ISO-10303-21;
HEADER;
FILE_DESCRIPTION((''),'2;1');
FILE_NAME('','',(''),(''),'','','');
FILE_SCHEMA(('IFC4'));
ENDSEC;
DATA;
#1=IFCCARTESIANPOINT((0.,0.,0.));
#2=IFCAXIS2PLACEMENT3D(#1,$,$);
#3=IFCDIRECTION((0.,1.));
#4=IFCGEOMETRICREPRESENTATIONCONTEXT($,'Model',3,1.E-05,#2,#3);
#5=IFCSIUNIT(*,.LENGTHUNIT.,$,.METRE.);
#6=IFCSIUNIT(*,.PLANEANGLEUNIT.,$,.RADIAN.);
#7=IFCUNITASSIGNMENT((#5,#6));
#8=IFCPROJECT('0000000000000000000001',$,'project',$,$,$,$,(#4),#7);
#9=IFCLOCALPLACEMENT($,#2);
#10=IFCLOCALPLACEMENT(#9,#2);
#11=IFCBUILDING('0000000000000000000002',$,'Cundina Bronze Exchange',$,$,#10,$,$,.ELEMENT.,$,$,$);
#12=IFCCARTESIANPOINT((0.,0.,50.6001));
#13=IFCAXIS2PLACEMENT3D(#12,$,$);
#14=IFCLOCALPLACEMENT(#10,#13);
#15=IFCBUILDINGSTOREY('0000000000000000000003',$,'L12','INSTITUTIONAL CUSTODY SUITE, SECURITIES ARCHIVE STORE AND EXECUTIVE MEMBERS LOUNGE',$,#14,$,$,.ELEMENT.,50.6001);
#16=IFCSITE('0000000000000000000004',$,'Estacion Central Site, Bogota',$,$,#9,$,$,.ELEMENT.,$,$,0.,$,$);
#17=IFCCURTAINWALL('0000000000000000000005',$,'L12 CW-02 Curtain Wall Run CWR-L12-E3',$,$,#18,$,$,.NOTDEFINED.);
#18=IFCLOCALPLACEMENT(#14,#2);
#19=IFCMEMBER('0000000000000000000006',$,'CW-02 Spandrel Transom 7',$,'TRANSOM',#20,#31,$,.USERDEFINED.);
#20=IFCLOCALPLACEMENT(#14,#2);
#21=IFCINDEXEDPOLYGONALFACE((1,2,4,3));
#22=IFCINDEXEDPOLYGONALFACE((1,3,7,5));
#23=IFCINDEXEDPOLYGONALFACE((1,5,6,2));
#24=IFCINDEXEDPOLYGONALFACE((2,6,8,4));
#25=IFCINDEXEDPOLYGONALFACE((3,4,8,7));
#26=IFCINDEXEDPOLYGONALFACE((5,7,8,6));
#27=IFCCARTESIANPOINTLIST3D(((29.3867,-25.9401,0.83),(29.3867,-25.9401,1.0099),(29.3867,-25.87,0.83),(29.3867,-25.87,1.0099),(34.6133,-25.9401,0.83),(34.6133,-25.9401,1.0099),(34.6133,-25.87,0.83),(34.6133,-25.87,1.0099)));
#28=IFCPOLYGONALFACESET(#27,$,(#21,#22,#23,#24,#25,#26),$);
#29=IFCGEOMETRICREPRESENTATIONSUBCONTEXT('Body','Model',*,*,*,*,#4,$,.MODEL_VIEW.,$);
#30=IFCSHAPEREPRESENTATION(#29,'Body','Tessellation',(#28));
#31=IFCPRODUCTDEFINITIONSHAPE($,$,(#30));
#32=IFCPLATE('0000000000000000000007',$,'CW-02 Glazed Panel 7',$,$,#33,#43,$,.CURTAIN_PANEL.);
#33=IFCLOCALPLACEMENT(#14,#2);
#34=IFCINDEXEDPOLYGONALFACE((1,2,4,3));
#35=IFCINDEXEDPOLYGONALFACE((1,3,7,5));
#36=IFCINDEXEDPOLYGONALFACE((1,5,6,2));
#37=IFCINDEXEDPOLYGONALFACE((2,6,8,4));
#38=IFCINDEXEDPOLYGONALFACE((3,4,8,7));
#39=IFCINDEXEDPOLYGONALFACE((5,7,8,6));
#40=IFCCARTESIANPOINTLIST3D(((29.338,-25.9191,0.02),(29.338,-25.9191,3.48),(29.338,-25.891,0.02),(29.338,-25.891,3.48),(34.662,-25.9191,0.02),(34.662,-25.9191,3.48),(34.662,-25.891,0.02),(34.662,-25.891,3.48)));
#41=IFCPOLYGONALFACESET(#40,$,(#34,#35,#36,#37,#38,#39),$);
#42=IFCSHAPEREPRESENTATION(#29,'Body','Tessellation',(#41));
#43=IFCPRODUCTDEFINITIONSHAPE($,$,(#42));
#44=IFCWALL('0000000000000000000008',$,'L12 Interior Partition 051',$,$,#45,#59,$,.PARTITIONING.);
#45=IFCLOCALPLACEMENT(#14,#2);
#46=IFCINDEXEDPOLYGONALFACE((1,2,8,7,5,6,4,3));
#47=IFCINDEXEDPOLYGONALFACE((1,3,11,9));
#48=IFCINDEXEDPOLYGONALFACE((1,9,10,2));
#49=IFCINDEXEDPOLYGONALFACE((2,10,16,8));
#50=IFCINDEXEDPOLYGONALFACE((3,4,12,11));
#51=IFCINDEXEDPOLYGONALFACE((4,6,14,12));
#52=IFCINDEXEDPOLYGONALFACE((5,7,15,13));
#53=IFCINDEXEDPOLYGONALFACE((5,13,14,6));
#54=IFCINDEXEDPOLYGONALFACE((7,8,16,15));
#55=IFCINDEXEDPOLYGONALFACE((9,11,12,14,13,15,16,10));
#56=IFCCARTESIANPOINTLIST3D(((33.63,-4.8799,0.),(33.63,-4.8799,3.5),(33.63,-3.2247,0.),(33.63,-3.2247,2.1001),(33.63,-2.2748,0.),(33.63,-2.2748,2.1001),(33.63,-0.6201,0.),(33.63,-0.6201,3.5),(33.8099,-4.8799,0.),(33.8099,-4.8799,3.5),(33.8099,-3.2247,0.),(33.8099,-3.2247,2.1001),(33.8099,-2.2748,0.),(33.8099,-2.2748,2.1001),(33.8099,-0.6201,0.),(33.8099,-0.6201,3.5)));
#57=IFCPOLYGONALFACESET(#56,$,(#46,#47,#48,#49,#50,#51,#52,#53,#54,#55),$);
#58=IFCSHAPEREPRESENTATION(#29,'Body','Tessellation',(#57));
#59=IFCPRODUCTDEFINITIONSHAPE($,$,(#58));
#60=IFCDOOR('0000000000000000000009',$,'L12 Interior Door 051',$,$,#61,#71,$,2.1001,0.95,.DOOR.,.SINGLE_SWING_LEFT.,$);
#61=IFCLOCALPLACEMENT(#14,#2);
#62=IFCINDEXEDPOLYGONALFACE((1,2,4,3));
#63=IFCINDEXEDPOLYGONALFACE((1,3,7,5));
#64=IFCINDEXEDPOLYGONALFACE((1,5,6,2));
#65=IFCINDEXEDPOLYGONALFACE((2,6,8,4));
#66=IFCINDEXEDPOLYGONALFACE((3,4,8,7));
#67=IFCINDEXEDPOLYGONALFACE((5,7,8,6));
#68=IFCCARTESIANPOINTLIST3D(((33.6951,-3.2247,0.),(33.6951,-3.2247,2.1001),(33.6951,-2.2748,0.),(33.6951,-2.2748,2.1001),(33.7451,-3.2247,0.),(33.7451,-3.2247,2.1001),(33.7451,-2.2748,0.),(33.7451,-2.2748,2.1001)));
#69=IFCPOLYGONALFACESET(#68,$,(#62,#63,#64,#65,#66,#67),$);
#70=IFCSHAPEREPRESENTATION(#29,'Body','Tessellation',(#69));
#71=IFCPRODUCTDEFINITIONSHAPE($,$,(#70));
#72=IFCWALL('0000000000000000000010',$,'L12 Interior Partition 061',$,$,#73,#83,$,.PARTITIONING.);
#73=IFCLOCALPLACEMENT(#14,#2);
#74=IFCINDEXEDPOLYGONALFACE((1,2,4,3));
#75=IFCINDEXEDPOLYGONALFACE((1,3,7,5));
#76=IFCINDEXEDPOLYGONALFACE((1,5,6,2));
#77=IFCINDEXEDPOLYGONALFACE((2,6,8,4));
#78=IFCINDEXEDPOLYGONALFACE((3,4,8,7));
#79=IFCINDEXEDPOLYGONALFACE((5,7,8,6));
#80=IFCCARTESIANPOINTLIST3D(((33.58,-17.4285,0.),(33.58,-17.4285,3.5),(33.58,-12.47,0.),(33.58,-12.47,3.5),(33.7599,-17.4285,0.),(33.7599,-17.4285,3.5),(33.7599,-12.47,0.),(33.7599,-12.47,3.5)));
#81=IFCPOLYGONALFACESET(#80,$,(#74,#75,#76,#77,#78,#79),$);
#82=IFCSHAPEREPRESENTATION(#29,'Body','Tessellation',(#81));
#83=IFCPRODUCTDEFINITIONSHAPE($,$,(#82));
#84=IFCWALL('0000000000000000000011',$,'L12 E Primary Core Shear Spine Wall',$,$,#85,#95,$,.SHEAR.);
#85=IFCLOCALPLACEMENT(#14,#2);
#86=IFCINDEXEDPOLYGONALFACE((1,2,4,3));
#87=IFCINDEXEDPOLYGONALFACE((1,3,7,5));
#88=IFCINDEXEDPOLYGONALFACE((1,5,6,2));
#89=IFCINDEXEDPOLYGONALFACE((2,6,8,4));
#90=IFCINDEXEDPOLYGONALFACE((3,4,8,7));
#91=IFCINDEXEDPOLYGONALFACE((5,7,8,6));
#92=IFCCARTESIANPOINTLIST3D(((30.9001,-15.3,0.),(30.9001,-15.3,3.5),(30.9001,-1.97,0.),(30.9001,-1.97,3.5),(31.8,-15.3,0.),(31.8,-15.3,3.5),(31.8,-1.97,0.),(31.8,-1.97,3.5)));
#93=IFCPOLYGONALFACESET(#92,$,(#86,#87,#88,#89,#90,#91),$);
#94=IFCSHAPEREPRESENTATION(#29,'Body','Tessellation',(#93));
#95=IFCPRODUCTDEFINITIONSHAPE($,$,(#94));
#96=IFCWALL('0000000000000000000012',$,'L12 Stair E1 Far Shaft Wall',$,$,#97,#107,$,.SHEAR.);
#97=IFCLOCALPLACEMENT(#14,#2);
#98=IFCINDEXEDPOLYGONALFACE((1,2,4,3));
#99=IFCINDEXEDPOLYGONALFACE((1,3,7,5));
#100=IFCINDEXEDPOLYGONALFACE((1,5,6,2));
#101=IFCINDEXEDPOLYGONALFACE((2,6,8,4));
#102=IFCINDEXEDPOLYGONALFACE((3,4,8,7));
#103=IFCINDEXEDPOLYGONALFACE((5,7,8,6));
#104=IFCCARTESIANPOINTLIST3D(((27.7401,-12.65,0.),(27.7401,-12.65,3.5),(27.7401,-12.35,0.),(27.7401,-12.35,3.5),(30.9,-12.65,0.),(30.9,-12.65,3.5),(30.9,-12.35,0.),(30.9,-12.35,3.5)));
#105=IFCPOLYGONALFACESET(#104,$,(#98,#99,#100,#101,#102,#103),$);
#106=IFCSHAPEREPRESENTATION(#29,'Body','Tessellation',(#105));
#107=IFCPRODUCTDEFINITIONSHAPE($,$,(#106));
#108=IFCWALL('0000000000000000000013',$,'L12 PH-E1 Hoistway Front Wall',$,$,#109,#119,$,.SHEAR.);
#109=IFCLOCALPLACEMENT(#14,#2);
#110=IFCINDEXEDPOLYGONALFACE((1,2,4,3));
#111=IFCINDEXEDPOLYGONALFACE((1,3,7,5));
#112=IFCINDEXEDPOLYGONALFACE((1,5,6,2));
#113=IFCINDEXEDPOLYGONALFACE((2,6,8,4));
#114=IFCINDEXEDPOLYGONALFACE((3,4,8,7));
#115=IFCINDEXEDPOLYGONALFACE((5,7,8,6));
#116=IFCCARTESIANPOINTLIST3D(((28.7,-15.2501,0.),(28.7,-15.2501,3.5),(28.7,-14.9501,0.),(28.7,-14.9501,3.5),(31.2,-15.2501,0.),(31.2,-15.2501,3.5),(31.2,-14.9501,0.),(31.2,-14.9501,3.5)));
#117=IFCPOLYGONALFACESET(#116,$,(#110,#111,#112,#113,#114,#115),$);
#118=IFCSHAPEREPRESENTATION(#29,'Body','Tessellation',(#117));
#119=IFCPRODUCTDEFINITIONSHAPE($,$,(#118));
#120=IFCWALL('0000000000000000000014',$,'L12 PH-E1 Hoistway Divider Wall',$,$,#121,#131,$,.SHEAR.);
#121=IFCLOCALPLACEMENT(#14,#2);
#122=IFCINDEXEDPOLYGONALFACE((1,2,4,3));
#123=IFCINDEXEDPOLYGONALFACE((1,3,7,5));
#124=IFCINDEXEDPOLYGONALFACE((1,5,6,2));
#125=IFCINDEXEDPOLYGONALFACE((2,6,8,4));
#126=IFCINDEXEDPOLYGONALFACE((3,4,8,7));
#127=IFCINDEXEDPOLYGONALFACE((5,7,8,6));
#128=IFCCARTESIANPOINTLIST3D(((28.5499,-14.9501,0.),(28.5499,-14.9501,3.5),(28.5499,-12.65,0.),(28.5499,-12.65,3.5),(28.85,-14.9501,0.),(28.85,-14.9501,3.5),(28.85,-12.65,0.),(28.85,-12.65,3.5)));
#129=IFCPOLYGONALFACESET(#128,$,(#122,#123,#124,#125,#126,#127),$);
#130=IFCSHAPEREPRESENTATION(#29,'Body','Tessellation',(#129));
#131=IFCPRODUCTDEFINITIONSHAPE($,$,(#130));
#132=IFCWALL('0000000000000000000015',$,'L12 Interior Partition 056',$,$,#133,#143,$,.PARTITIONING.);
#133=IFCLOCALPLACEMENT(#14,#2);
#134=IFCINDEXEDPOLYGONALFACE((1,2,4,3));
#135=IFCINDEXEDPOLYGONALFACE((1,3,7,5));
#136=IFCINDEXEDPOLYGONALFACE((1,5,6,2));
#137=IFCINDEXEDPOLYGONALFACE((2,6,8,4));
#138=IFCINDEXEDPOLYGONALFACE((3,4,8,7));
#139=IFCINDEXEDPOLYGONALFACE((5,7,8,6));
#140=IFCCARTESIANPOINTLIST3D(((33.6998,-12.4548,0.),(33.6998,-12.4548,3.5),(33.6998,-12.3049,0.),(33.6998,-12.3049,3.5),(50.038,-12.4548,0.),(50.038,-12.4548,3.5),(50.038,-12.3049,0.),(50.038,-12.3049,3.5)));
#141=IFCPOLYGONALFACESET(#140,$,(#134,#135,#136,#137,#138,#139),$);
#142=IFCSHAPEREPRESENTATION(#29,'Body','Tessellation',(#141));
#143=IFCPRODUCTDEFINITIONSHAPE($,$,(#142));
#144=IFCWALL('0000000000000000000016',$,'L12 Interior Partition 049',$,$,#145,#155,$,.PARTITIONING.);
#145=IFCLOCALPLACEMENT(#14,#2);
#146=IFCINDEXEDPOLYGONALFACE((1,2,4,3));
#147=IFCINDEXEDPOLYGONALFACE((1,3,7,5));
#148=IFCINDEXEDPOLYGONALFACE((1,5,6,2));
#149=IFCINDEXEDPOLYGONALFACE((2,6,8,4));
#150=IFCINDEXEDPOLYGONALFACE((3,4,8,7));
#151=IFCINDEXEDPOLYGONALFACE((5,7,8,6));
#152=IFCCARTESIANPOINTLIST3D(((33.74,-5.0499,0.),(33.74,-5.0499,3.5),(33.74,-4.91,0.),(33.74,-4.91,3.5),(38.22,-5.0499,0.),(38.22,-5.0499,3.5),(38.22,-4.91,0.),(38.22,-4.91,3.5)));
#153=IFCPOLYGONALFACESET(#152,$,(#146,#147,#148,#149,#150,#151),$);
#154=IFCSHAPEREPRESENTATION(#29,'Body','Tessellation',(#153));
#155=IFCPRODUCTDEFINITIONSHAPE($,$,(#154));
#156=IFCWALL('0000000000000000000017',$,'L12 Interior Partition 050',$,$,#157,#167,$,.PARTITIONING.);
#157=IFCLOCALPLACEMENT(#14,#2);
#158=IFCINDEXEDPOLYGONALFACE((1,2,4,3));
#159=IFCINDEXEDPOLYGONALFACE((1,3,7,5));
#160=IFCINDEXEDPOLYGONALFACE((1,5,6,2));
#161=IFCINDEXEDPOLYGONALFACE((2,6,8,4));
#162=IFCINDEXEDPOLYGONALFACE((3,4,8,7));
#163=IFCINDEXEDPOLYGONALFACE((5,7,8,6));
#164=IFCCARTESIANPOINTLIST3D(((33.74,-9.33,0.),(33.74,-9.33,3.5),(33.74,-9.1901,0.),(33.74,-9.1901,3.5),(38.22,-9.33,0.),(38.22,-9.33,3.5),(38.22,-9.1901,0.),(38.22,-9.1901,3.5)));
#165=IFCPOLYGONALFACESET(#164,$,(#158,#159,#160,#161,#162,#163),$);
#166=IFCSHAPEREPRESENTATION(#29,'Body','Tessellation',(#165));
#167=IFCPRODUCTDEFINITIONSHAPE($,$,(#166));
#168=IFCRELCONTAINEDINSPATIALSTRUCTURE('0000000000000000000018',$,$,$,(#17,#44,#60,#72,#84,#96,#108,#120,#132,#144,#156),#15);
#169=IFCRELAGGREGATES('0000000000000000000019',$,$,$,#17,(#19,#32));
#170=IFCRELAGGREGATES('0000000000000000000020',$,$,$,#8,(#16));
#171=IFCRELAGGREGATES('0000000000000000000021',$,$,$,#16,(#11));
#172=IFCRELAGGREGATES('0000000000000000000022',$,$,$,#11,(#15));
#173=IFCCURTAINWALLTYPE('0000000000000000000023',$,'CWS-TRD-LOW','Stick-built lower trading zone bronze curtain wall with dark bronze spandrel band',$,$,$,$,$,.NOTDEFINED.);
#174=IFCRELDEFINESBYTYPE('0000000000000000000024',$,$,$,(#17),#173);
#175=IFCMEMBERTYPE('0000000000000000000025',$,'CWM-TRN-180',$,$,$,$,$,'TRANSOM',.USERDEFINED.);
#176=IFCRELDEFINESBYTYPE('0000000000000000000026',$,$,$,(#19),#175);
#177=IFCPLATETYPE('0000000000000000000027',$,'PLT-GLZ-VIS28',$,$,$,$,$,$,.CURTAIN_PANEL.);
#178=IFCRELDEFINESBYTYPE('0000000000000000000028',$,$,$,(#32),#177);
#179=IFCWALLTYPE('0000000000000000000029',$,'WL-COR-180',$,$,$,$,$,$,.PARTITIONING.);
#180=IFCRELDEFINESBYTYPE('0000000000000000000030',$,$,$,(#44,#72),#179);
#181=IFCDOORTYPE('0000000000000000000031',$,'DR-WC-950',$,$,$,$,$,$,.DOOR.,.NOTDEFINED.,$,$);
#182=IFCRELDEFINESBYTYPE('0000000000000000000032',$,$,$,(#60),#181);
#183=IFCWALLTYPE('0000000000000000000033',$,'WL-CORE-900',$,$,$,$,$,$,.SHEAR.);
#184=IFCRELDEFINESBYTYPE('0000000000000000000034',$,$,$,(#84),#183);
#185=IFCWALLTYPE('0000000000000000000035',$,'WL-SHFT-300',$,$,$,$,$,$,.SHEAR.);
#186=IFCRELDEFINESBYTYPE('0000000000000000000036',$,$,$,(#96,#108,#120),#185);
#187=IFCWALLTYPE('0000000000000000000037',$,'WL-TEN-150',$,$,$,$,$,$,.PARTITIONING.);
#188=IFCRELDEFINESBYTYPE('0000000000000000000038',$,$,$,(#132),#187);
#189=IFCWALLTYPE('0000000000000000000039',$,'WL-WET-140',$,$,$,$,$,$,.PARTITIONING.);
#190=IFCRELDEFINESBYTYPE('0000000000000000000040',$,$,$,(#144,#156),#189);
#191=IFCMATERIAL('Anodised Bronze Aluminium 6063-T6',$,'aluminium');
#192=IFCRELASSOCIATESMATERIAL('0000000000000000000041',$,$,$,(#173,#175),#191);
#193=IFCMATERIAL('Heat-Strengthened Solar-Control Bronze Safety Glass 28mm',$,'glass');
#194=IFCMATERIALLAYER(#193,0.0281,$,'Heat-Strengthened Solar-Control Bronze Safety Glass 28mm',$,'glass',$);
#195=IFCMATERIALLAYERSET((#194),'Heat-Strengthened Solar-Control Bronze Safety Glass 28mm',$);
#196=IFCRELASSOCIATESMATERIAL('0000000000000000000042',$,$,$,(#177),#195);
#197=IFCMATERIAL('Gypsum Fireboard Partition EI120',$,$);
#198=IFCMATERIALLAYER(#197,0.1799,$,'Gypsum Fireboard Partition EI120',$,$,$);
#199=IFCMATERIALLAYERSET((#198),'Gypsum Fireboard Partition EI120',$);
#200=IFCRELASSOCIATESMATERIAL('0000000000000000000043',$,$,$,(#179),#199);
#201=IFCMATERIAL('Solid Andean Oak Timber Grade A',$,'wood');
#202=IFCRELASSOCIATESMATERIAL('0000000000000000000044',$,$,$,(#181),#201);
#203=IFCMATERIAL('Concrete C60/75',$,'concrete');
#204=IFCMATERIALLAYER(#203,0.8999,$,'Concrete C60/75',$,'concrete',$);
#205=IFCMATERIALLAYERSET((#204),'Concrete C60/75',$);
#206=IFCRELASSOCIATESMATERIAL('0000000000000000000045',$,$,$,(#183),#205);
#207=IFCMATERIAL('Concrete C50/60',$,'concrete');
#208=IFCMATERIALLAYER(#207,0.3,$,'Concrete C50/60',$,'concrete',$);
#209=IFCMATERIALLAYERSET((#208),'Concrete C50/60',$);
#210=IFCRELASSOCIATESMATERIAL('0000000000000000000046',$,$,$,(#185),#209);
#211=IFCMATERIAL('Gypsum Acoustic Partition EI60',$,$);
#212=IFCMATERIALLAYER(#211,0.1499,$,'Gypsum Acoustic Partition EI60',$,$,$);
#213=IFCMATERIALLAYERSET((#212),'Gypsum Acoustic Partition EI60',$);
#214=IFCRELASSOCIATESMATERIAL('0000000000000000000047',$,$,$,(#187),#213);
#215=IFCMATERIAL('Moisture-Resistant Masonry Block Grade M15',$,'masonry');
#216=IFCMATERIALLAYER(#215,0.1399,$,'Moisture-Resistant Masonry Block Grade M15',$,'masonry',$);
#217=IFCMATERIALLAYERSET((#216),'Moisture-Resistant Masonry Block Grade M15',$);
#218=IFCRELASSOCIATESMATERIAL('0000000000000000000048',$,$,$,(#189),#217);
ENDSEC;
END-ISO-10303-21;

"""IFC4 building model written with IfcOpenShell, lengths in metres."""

from ifc_helpers import new_model, si_unit, direction, frame, frame_2d, origin, origin_2d, place, context, subcontext, project, spatial, rectangle, extrude, material, layer, layer_set, material_profile, profile_set, type_object, element, fill, aggregate, save


model = new_model("IFC4")

# Units and contexts
model_context = context("Model", 3, precision=1e-05, world=origin(), true_north=direction((0.0, 1.0)))
body_context = subcontext(model_context, "Body", "Model", "MODEL_VIEW")
ifc_project = project(units=[si_unit("LENGTHUNIT", "METRE"), si_unit("PLANEANGLEUNIT", "RADIAN")], contexts=[model_context])

# Site, building, storey
site_placement = place(None, origin())
site = spatial("IfcSite", under=ifc_project, at=site_placement, Name="Estacion Central Site, Bogota", CompositionType="ELEMENT", RefElevation=0.0)
building_placement = place(site_placement, origin())
building = spatial("IfcBuilding", under=site, at=building_placement, Name="Cundina Bronze Exchange", CompositionType="ELEMENT")
storey_placement = place(building_placement, frame((0.0, 0.0, 50.6001)))
storey = spatial("IfcBuildingStorey", under=building, at=storey_placement, Name="L12", Description="INSTITUTIONAL CUSTODY SUITE, SECURITIES ARCHIVE STORE AND EXECUTIVE MEMBERS LOUNGE", CompositionType="ELEMENT", Elevation=50.6001)

# Shared definitions
ifc_material_1 = material(Name="Concrete C60/75", Category="concrete")

# Curtain wall
ifc_material_2 = material(Name="Anodised Bronze Aluminium 6063-T6", Category="aluminium")
curtain_wall_type = type_object("IfcCurtainWallType", Name="CWS-TRD-LOW", Description="Stick-built lower trading zone bronze curtain wall with dark bronze spandrel band", PredefinedType="NOTDEFINED", material=ifc_material_2)
curtain_wall_1_placement = place(storey_placement, origin())
curtain_wall_1 = element("IfcCurtainWall", 1, at=curtain_wall_1_placement, inside=storey, type_object=curtain_wall_type, Name="L12 CW-02 Curtain Wall Run CWR-L12-E3", PredefinedType="NOTDEFINED")

# Member
ifc_material_profile_1 = material_profile(ifc_material_2, rectangle(XDim=0.0701, YDim=0.1799, at=origin_2d()), Name="AL70X180", Category="aluminium")
ifc_profile_set_1 = profile_set([ifc_material_profile_1], Name="Anodised Bronze Aluminium 6063-T6")
member_type_1 = type_object("IfcMemberType", Name="CWM-TRN-180", ElementType="TRANSOM", PredefinedType="USERDEFINED", material=ifc_profile_set_1)
member_1_placement = place(storey_placement, frame((29.3867, -25.905, 0.9199), z_axis=(1.0, 0.0, 0.0), x_axis=(0.0, 1.0, 0.0)))
member_1 = element("IfcMember", 2, at=member_1_placement, type_object=member_type_1, Name="CW-02 Spandrel Transom 7", ObjectType="TRANSOM", PredefinedType="USERDEFINED", context=body_context, shape_type="SweptSolid", body=[
    extrude(rectangle(XDim=0.0701, YDim=0.1799, at=origin_2d()), origin(), (0.0, 0.0, 1.0), 5.2266),
])

# Plate
ifc_material_3 = material(Name="Heat-Strengthened Solar-Control Bronze Safety Glass 28mm", Category="glass")
ifc_layer_1 = layer(ifc_material_3, 0.0281, Name="Heat-Strengthened Solar-Control Bronze Safety Glass 28mm", Category="glass")
ifc_layer_set_1 = layer_set([ifc_layer_1], Name="Heat-Strengthened Solar-Control Bronze Safety Glass 28mm")
plate_type = type_object("IfcPlateType", Name="PLT-GLZ-VIS28", PredefinedType="CURTAIN_PANEL", material=ifc_layer_set_1)
plate_placement = place(storey_placement, frame((32.0, -25.905, 0.02), z_axis=(0.0, 0.0, 1.0), x_axis=(1.0, 0.0, 0.0)))
plate = element("IfcPlate", 3, at=plate_placement, type_object=plate_type, Name="CW-02 Glazed Panel 7", PredefinedType="CURTAIN_PANEL", context=body_context, shape_type="SweptSolid", body=[
    extrude(rectangle(XDim=5.324, YDim=0.0281, at=origin_2d()), origin(), (0.0, 0.0, 1.0), 3.46),
])
aggregate(curtain_wall_1, [member_1, plate])

# Wall, opening, door
ifc_material_4 = material(Name="Gypsum Fireboard Partition EI120")
ifc_layer_2 = layer(ifc_material_4, 0.1799, Name="Gypsum Fireboard Partition EI120")
ifc_layer_set_2 = layer_set([ifc_layer_2], Name="Gypsum Fireboard Partition EI120")
wall_type_1 = type_object("IfcWallType", Name="WL-COR-180", PredefinedType="PARTITIONING", material=ifc_layer_set_2)
wall_1_placement = place(storey_placement, frame((33.72, -4.8799, 0.0), z_axis=(0.0, 0.0, 1.0), x_axis=(0.0, 1.0, 0.0)))
wall_1 = element("IfcWall", 4, at=wall_1_placement, inside=storey, type_object=wall_type_1, Name="L12 Interior Partition 051", PredefinedType="PARTITIONING", context=body_context, shape_type="SweptSolid", body=[
    extrude(rectangle(XDim=4.2598, YDim=0.1799, at=frame_2d((2.1299, 0.0))), origin(), (0.0, 0.0, 1.0), 3.5),
])
opening_1_placement = place(wall_1_placement, frame((1.655, 0.0, 0.0)))
opening_1 = element("IfcOpeningElement", 5, at=opening_1_placement, cuts=wall_1, PredefinedType="OPENING", context=body_context, shape_type="SweptSolid", body=[
    extrude(rectangle(XDim=0.95, YDim=2.1001, at=frame_2d((0.4751, 1.05))), frame((0.0, 0.0999, 0.0), z_axis=(0.0, -1.0, 0.0), x_axis=(1.0, 0.0, 0.0)), (0.0, 0.0, 1.0), 0.2),
])
ifc_material_5 = material(Name="Solid Andean Oak Timber Grade A", Category="wood")
door_type_1 = type_object("IfcDoorType", Name="DR-WC-950", OperationType="NOTDEFINED", PredefinedType="DOOR", material=ifc_material_5)
door_1_placement = place(opening_1_placement, origin())
door_1 = element("IfcDoor", 6, at=door_1_placement, inside=storey, type_object=door_type_1, Name="L12 Interior Door 051", OperationType="SINGLE_SWING_LEFT", OverallHeight=2.1001, OverallWidth=0.95, PredefinedType="DOOR", context=body_context, shape_type="SweptSolid", body=[
    extrude(rectangle(XDim=0.95, YDim=2.1001, at=frame_2d((0.4751, 1.05))), frame((0.0, 0.0249, 0.0), z_axis=(0.0, -1.0, 0.0), x_axis=(1.0, 0.0, 0.0)), (0.0, 0.0, 1.0), 0.05),
])
fill(opening_1, door_1)

# Walls
wall_2_placement = place(storey_placement, frame((33.6699, -17.4285, 0.0), z_axis=(0.0, 0.0, 1.0), x_axis=(0.0, 1.0, 0.0)))
element("IfcWall", 7, at=wall_2_placement, inside=storey, type_object=wall_type_1, Name="L12 Interior Partition 061", PredefinedType="PARTITIONING", context=body_context, shape_type="SweptSolid", body=[
    extrude(rectangle(XDim=4.9585, YDim=0.1799, at=frame_2d((2.4792, 0.0))), origin(), (0.0, 0.0, 1.0), 3.5),
])
ifc_layer_3 = layer(ifc_material_1, 0.8999, Name="Concrete C60/75", Category="concrete")
ifc_layer_set_3 = layer_set([ifc_layer_3], Name="Concrete C60/75")
wall_type_2 = type_object("IfcWallType", Name="WL-CORE-900", PredefinedType="SHEAR", material=ifc_layer_set_3)
wall_3_placement = place(storey_placement, frame((31.3501, -15.3, 0.0), z_axis=(0.0, 0.0, 1.0), x_axis=(0.0, 1.0, 0.0)))
element("IfcWall", 8, at=wall_3_placement, inside=storey, type_object=wall_type_2, Name="L12 E Primary Core Shear Spine Wall", PredefinedType="SHEAR", context=body_context, shape_type="SweptSolid", body=[
    extrude(rectangle(XDim=13.3301, YDim=0.8999, at=frame_2d((6.665, 0.0))), origin(), (0.0, 0.0, 1.0), 3.5),
])
ifc_material_6 = material(Name="Concrete C50/60", Category="concrete")
ifc_layer_4 = layer(ifc_material_6, 0.3, Name="Concrete C50/60", Category="concrete")
ifc_layer_set_4 = layer_set([ifc_layer_4], Name="Concrete C50/60")
wall_type_3 = type_object("IfcWallType", Name="WL-SHFT-300", PredefinedType="SHEAR", material=ifc_layer_set_4)
wall_4_placement = place(storey_placement, frame((27.74, -12.5, 0.0), z_axis=(0.0, 0.0, 1.0), x_axis=(1.0, 0.0, 0.0)))
element("IfcWall", 9, at=wall_4_placement, inside=storey, type_object=wall_type_3, Name="L12 Stair E1 Far Shaft Wall", PredefinedType="SHEAR", context=body_context, shape_type="SweptSolid", body=[
    extrude(rectangle(XDim=3.1599, YDim=0.3, at=frame_2d((1.5801, 0.0))), origin(), (0.0, 0.0, 1.0), 3.5),
])
wall_5_placement = place(storey_placement, frame((28.7, -15.1001, 0.0), z_axis=(0.0, 0.0, 1.0), x_axis=(1.0, 0.0, 0.0)))
element("IfcWall", 10, at=wall_5_placement, inside=storey, type_object=wall_type_3, Name="L12 PH-E1 Hoistway Front Wall", PredefinedType="SHEAR", context=body_context, shape_type="SweptSolid", body=[
    extrude(rectangle(XDim=2.5, YDim=0.3, at=frame_2d((1.25, 0.0))), origin(), (0.0, 0.0, 1.0), 3.5),
])
wall_6_placement = place(storey_placement, frame((28.7, -14.95, 0.0), z_axis=(0.0, 0.0, 1.0), x_axis=(0.0, 1.0, 0.0)))
element("IfcWall", 11, at=wall_6_placement, inside=storey, type_object=wall_type_3, Name="L12 PH-E1 Hoistway Divider Wall", PredefinedType="SHEAR", context=body_context, shape_type="SweptSolid", body=[
    extrude(rectangle(XDim=2.3, YDim=0.3, at=frame_2d((1.1499, 0.0))), origin(), (0.0, 0.0, 1.0), 3.5),
])
ifc_material_7 = material(Name="Gypsum Acoustic Partition EI60")
ifc_layer_5 = layer(ifc_material_7, 0.1499, Name="Gypsum Acoustic Partition EI60")
ifc_layer_set_5 = layer_set([ifc_layer_5], Name="Gypsum Acoustic Partition EI60")
wall_type_4 = type_object("IfcWallType", Name="WL-TEN-150", PredefinedType="PARTITIONING", material=ifc_layer_set_5)
wall_7_placement = place(storey_placement, frame((33.7, -12.3799, 0.0), z_axis=(0.0, 0.0, 1.0), x_axis=(1.0, 0.0, 0.0)))
element("IfcWall", 12, at=wall_7_placement, inside=storey, type_object=wall_type_4, Name="L12 Interior Partition 056", PredefinedType="PARTITIONING", context=body_context, shape_type="SweptSolid", body=[
    extrude(rectangle(XDim=16.3381, YDim=0.1499, at=frame_2d((8.1689, 0.0))), origin(), (0.0, 0.0, 1.0), 3.5),
])
ifc_material_8 = material(Name="Moisture-Resistant Masonry Block Grade M15", Category="masonry")
ifc_layer_6 = layer(ifc_material_8, 0.1399, Name="Moisture-Resistant Masonry Block Grade M15", Category="masonry")
ifc_layer_set_6 = layer_set([ifc_layer_6], Name="Moisture-Resistant Masonry Block Grade M15")
wall_type_5 = type_object("IfcWallType", Name="WL-WET-140", PredefinedType="PARTITIONING", material=ifc_layer_set_6)
for number, where, z_axis, x_axis, name in (
    (13, (33.74, -4.98, 0.0), (0.0, 0.0, 1.0), (1.0, 0.0, 0.0), "L12 Interior Partition 049"),
    (14, (33.74, -9.26, 0.0), (0.0, 0.0, 1.0), (1.0, 0.0, 0.0), "L12 Interior Partition 050"),
):
    element("IfcWall", number, at=place(storey_placement, frame(where, z_axis=z_axis, x_axis=x_axis)), inside=storey, type_object=wall_type_5, Name=name, PredefinedType="PARTITIONING", context=body_context, shape_type="SweptSolid", body=[
        extrude(rectangle(XDim=4.48, YDim=0.1399, at=frame_2d((2.24, 0.0))), origin(), (0.0, 0.0, 1.0), 3.5),
    ])

save(model, "model.ifc")
